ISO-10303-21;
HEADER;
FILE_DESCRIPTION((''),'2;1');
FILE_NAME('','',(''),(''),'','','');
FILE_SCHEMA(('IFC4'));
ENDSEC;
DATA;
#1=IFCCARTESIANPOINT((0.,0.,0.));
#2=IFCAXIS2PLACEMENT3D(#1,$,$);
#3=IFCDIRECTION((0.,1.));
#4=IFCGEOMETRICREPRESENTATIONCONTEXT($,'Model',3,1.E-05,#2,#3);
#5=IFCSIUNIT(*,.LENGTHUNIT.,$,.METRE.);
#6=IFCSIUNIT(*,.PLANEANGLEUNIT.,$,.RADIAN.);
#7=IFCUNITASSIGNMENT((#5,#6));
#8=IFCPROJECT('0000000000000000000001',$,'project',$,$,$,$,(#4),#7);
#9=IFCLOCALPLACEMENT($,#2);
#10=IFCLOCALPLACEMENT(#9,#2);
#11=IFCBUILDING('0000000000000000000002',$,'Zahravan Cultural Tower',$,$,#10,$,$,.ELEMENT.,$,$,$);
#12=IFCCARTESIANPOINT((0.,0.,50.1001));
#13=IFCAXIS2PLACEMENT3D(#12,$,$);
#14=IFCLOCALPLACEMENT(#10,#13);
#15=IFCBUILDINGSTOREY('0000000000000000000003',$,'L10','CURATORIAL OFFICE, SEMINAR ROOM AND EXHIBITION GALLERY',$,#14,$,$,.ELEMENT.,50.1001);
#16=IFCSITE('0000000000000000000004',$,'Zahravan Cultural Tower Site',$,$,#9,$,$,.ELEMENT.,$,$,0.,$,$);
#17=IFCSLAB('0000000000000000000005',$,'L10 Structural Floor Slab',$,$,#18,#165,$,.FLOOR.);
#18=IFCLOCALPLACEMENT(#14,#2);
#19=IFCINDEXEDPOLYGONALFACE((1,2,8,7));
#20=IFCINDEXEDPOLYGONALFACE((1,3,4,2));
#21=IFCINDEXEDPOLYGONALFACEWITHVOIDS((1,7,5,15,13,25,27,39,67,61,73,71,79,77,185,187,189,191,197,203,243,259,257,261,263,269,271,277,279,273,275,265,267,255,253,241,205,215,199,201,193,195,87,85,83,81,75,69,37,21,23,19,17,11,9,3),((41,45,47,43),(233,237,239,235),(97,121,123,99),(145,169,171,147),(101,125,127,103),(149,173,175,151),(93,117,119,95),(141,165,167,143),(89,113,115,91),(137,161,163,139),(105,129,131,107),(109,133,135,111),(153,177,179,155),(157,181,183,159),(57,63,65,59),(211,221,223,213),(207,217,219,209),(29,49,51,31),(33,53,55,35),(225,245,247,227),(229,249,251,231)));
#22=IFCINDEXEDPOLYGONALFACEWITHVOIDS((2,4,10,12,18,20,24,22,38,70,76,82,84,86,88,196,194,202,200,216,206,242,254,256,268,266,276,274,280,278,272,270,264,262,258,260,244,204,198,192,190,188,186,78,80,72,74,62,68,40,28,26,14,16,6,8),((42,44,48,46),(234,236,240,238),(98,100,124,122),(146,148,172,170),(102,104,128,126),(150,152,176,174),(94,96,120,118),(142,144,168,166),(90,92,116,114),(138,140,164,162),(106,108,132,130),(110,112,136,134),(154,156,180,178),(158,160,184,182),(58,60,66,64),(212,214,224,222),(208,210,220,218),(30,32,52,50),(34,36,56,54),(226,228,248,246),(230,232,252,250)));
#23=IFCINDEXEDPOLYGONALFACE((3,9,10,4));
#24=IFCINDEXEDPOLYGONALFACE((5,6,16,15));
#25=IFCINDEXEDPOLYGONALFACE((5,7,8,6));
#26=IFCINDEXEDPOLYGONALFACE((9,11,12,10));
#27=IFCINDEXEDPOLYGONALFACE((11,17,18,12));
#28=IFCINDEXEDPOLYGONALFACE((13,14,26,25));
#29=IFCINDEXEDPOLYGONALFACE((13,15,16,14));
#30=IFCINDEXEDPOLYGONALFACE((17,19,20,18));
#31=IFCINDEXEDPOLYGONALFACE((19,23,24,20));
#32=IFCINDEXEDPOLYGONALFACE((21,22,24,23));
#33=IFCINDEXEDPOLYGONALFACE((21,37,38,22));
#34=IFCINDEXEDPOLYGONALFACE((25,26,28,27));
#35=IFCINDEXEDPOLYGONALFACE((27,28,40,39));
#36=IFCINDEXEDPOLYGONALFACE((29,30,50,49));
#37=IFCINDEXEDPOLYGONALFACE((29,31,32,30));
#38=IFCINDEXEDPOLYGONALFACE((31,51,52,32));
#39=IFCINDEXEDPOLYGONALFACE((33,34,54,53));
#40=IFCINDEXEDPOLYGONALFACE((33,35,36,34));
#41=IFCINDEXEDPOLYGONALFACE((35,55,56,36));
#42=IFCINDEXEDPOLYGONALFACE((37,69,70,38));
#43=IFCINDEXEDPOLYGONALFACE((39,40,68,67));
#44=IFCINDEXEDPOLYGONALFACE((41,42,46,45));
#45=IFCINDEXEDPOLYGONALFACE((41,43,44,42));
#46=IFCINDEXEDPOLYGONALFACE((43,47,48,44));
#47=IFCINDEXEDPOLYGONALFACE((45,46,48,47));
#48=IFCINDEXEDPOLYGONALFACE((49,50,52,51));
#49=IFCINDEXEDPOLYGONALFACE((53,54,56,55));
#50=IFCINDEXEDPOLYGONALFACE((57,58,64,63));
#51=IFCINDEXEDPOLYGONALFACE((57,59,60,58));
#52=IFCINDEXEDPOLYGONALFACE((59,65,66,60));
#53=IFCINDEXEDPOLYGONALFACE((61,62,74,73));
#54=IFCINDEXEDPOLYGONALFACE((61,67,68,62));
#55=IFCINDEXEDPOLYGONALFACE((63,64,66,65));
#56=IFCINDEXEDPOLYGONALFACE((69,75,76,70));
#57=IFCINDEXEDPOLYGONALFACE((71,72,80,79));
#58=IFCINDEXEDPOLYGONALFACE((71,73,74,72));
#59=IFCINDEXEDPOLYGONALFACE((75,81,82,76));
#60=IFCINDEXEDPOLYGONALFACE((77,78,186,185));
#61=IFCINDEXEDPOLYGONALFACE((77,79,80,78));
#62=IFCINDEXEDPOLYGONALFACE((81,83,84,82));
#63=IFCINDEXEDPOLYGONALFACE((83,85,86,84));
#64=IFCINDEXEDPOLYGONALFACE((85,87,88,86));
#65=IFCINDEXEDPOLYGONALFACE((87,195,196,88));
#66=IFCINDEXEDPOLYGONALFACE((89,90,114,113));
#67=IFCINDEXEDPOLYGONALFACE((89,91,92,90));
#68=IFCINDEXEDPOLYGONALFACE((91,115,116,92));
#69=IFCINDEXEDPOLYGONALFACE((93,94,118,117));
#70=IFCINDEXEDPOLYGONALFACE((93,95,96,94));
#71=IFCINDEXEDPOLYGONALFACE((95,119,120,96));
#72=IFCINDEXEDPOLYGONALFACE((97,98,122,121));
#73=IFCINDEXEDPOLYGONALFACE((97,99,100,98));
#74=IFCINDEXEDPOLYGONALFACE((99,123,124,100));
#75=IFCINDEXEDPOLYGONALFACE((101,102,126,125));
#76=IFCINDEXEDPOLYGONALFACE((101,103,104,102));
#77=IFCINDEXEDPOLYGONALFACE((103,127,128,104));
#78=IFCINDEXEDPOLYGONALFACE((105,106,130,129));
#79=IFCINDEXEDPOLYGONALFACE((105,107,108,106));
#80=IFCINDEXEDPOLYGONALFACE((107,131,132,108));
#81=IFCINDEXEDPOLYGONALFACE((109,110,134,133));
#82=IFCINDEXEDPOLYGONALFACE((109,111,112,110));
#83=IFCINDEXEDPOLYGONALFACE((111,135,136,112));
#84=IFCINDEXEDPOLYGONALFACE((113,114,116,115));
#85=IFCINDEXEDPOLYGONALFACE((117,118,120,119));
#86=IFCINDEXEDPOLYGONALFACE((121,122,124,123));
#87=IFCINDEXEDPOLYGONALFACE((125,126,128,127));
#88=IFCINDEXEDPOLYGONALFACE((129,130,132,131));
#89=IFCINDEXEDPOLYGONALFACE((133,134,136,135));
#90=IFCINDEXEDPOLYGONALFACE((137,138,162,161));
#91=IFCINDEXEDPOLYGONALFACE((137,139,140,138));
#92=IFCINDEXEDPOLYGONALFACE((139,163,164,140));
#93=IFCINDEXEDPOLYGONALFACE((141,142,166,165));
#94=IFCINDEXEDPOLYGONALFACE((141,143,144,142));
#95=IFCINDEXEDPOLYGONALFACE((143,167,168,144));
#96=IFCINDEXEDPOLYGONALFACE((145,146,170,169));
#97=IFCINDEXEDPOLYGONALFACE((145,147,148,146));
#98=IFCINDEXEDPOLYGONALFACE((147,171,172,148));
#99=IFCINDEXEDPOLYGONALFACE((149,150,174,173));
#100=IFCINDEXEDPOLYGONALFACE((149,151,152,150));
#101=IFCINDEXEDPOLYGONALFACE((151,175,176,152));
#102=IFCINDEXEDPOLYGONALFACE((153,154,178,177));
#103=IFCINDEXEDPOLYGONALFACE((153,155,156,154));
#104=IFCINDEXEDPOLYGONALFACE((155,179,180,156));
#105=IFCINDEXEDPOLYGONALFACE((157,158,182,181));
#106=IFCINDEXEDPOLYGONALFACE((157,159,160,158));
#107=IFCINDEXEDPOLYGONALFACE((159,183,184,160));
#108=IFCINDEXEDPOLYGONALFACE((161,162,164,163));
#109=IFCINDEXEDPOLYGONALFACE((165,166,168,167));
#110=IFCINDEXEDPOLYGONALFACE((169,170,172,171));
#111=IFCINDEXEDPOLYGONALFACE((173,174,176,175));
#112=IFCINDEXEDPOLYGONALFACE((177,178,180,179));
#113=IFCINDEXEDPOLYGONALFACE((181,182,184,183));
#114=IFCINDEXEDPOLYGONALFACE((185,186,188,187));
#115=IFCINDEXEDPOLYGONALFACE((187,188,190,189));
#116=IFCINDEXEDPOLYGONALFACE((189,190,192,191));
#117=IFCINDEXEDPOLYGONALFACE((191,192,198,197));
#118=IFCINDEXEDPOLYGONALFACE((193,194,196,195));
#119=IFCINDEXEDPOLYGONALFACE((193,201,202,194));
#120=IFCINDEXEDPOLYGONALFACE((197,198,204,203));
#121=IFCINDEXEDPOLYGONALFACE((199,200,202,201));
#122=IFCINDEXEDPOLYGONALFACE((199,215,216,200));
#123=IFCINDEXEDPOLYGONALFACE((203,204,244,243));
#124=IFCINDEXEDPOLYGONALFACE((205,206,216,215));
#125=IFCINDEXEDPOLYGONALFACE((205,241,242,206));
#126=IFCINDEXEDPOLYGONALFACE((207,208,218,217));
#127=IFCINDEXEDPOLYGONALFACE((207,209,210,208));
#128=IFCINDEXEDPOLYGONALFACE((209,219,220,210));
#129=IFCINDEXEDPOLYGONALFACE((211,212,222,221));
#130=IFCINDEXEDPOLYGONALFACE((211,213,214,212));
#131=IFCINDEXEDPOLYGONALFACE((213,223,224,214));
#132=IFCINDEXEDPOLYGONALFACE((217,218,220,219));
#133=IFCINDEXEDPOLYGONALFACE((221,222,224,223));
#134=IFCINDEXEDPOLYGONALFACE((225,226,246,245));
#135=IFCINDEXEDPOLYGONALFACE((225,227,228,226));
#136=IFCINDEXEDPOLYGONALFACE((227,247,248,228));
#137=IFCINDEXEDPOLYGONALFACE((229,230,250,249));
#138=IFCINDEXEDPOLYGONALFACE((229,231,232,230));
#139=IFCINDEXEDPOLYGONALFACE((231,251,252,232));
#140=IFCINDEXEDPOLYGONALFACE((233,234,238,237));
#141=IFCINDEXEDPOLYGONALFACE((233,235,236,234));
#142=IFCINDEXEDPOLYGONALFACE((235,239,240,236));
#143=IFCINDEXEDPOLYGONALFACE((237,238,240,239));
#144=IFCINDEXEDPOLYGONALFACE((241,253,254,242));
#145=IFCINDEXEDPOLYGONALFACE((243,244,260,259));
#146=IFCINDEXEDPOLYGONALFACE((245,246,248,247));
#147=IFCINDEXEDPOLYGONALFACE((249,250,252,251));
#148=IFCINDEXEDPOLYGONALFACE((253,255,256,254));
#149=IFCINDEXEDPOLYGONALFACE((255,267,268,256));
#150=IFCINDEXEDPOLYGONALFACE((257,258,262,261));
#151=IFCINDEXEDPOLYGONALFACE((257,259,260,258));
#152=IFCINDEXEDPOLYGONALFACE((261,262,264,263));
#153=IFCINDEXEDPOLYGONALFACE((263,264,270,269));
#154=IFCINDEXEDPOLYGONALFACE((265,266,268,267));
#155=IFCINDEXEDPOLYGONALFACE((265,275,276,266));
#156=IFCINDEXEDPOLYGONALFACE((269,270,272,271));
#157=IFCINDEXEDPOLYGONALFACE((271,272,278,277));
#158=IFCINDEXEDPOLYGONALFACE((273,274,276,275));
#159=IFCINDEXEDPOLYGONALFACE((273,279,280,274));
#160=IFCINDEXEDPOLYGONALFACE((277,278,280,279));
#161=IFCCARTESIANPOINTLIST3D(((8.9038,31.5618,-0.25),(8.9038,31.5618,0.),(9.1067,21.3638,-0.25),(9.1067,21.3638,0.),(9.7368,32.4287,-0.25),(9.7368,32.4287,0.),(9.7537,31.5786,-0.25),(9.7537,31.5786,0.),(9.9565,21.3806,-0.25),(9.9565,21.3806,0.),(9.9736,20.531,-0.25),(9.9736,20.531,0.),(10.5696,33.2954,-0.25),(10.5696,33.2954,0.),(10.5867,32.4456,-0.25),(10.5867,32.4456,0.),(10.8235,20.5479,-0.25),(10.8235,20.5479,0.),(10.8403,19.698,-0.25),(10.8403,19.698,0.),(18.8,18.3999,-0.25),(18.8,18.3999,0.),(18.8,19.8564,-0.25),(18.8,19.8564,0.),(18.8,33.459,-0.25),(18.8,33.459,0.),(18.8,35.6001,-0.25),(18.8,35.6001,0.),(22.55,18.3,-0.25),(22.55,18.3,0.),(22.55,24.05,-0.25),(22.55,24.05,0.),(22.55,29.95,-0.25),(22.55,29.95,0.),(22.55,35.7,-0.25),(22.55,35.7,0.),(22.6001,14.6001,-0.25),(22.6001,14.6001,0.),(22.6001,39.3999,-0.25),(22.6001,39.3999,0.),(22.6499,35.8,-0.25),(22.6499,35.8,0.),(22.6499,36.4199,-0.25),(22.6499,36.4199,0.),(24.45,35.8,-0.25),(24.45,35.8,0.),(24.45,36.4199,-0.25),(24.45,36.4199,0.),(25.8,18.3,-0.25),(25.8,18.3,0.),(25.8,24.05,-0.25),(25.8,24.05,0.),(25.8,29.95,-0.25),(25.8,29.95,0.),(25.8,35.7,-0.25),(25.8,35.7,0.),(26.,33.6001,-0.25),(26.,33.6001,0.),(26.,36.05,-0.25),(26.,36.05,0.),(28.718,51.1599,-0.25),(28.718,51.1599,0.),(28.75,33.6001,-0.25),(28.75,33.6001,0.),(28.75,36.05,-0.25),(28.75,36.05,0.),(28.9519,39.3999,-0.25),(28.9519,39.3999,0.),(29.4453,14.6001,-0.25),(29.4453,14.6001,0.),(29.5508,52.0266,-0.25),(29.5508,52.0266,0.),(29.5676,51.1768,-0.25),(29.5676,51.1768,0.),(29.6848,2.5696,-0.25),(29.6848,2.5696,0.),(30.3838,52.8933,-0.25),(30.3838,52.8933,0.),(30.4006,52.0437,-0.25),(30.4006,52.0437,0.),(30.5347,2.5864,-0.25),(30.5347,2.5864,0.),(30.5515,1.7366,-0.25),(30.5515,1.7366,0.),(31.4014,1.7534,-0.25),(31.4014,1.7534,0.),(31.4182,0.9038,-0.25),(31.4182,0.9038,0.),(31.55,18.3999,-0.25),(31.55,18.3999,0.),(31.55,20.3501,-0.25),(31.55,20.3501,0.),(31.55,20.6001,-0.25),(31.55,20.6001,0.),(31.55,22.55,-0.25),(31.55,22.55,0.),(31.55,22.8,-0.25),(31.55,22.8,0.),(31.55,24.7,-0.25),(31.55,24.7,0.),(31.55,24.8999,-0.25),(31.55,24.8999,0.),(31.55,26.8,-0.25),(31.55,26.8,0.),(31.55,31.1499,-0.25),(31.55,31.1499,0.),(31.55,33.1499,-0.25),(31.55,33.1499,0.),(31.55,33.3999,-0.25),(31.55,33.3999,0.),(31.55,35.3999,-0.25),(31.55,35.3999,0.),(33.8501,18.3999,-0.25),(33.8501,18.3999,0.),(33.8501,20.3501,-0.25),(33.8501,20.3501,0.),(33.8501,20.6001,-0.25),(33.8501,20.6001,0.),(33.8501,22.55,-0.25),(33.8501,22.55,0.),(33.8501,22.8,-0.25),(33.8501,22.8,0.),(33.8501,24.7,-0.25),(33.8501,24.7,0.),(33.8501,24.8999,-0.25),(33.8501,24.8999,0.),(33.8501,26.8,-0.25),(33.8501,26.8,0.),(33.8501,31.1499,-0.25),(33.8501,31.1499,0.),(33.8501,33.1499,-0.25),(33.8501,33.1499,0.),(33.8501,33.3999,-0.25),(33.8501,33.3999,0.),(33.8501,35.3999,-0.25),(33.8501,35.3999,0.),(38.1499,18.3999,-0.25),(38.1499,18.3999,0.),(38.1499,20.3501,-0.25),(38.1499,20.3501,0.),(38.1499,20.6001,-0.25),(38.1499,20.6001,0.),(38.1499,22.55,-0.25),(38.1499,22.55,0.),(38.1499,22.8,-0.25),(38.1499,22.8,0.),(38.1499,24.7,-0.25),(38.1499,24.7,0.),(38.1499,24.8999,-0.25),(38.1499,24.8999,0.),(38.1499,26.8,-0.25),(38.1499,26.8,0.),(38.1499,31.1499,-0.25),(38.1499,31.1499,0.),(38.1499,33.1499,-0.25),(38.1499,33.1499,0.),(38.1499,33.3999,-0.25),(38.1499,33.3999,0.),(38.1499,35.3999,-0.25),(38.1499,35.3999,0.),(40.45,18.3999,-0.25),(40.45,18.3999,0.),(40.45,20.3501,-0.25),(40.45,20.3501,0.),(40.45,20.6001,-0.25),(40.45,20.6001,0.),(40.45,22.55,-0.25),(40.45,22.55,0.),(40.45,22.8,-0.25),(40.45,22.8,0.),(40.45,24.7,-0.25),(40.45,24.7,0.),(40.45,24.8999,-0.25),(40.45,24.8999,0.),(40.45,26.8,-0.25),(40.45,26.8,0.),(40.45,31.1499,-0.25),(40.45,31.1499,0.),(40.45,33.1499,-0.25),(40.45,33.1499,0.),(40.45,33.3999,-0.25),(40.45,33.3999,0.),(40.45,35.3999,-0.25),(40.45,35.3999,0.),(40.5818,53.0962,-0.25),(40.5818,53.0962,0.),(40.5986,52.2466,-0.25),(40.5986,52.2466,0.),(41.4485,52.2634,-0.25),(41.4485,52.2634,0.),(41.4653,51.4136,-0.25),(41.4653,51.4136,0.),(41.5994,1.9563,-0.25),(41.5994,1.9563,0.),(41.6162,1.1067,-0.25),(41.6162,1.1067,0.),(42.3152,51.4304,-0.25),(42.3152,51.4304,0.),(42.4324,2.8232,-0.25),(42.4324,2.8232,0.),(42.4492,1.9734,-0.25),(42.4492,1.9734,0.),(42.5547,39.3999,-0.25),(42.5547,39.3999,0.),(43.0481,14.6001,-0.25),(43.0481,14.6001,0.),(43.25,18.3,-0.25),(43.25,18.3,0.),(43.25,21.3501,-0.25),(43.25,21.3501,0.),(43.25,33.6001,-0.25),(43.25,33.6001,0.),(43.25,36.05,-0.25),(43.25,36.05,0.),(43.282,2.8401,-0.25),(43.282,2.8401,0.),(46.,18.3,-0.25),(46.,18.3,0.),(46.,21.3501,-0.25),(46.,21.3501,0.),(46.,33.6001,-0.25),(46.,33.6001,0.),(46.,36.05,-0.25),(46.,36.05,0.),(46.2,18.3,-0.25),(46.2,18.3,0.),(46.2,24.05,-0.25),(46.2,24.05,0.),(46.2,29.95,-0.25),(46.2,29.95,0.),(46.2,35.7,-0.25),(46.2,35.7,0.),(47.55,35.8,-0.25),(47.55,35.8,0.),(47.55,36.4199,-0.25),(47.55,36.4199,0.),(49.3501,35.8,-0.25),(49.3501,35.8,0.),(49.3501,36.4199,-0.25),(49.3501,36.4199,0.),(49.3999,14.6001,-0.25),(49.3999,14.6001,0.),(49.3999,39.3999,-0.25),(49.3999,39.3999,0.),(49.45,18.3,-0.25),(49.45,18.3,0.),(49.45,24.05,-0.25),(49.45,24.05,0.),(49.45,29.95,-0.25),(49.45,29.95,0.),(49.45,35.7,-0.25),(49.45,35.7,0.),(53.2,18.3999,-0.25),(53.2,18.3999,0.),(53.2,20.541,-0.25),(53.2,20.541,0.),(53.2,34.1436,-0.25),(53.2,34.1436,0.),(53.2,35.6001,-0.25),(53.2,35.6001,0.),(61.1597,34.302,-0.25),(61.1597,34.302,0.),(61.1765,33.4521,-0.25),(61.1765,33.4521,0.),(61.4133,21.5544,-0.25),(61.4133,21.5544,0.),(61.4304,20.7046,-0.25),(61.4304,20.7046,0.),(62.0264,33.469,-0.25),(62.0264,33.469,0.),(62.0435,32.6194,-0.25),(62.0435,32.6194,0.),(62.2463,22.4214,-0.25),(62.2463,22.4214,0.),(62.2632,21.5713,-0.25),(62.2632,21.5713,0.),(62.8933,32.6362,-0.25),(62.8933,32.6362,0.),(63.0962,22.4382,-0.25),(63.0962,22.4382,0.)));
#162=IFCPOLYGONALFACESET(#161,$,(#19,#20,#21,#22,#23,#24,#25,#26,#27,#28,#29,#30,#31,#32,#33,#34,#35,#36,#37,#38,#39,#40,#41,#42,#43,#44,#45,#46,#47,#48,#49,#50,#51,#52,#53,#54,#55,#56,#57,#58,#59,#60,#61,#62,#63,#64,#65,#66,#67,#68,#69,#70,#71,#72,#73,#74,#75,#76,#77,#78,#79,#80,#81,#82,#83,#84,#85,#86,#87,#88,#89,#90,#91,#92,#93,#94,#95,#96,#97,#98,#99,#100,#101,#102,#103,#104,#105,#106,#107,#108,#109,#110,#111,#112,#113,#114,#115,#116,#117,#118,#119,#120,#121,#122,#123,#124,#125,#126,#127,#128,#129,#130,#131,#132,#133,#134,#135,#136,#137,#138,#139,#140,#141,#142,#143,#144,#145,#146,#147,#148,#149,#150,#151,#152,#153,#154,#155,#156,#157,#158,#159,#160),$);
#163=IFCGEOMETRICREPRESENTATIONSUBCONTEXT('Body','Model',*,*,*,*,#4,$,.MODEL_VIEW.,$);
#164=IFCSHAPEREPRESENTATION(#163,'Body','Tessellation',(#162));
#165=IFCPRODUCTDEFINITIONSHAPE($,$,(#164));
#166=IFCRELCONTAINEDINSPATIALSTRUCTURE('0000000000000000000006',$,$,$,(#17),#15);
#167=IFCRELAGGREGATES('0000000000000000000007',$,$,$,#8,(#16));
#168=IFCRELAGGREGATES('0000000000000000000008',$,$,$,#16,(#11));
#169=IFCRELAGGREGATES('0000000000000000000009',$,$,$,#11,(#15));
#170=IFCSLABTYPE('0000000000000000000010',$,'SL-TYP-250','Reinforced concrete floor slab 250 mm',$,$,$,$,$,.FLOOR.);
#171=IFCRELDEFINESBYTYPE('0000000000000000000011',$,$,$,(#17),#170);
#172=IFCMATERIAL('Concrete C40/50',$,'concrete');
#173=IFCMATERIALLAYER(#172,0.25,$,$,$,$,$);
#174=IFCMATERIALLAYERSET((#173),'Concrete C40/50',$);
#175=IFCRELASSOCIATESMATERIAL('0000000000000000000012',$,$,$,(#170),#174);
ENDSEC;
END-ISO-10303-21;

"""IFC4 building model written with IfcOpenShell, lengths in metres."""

from ifc_helpers import new_model, si_unit, direction, frame, origin, place, context, subcontext, project, spatial, polyline, outline, extrude, material, layer, layer_set, type_object, element, save


model = new_model("IFC4")

# Units and contexts
model_context = context("Model", 3, precision=1e-05, world=origin(), true_north=direction((0.0, 1.0)))
body_context = subcontext(model_context, "Body", "Model", "MODEL_VIEW")
ifc_project = project(units=[si_unit("LENGTHUNIT", "METRE"), si_unit("PLANEANGLEUNIT", "RADIAN")], contexts=[model_context])

# Site, building, storey
site_placement = place(None, origin())
site = spatial("IfcSite", under=ifc_project, at=site_placement, Name="Zahravan Cultural Tower Site", CompositionType="ELEMENT", RefElevation=0.0)
building_placement = place(site_placement, origin())
building = spatial("IfcBuilding", under=site, at=building_placement, Name="Zahravan Cultural Tower", CompositionType="ELEMENT")
storey_placement = place(building_placement, frame((0.0, 0.0, 50.1001)))
storey = spatial("IfcBuildingStorey", under=building, at=storey_placement, Name="L10", Description="CURATORIAL OFFICE, SEMINAR ROOM AND EXHIBITION GALLERY", CompositionType="ELEMENT", Elevation=50.1001)

# Slab
ifc_material_1 = material(Name="Concrete C40/50", Category="concrete")
ifc_layer_1 = layer(ifc_material_1, 0.25)
ifc_layer_set_1 = layer_set([ifc_layer_1], Name="Concrete C40/50")
slab_type_1 = type_object("IfcSlabType", Name="SL-TYP-250", Description="Reinforced concrete floor slab 250 mm", PredefinedType="FLOOR", material=ifc_layer_set_1)
slab_1_placement = place(storey_placement, frame((0.0, 0.0, -0.25)))
element("IfcSlab", 1, at=slab_1_placement, inside=storey, type_object=slab_type_1, Name="L10 Structural Floor Slab", PredefinedType="FLOOR", context=body_context, shape_type="SweptSolid", body=[
    extrude(outline(polyline([(53.2, 34.1436), (53.2, 35.6001), (49.3999, 39.3999), (42.5547, 39.3999), (42.3152, 51.4304), (41.4653, 51.4136), (41.4485, 52.2634), (40.5986, 52.2466), (40.5818, 53.0962), (30.3838, 52.8933), (30.4006, 52.0437), (29.5508, 52.0266), (29.5676, 51.1768), (28.718, 51.1599), (28.9519, 39.3999), (22.6001, 39.3999), (18.8, 35.6001), (18.8, 33.459), (10.5696, 33.2954), (10.5867, 32.4456), (9.7368, 32.4287), (9.7537, 31.5786), (8.9038, 31.5618), (9.1067, 21.3638), (9.9565, 21.3806), (9.9736, 20.531), (10.8235, 20.5479), (10.8403, 19.698), (18.8, 19.8564), (18.8, 18.3999), (22.6001, 14.6001), (29.4453, 14.6001), (29.6848, 2.5696), (30.5347, 2.5864), (30.5515, 1.7366), (31.4014, 1.7534), (31.4182, 0.9038), (41.6162, 1.1067), (41.5994, 1.9563), (42.4492, 1.9734), (42.4324, 2.8232), (43.282, 2.8401), (43.0481, 14.6001), (49.3999, 14.6001), (53.2, 18.3999), (53.2, 20.541), (61.4304, 20.7046), (61.4133, 21.5544), (62.2632, 21.5713), (62.2463, 22.4214), (63.0962, 22.4382), (62.8933, 32.6362), (62.0435, 32.6194), (62.0264, 33.469), (61.1765, 33.4521), (61.1597, 34.302), (53.2, 34.1436)]), holes=[polyline([(22.55, 29.95), (22.55, 35.7), (25.8, 35.7), (25.8, 29.95), (22.55, 29.95)]), polyline([(22.55, 18.3), (22.55, 24.05), (25.8, 24.05), (25.8, 18.3), (22.55, 18.3)]), polyline([(46.2, 29.95), (46.2, 35.7), (49.45, 35.7), (49.45, 29.95), (46.2, 29.95)]), polyline([(46.2, 18.3), (46.2, 24.05), (49.45, 24.05), (49.45, 18.3), (46.2, 18.3)]), polyline([(26.0, 33.6001), (26.0, 36.05), (28.75, 36.05), (28.75, 33.6001), (26.0, 33.6001)]), polyline([(43.25, 33.6001), (43.25, 36.05), (46.0, 36.05), (46.0, 33.6001), (43.25, 33.6001)]), polyline([(43.25, 18.3), (43.25, 21.3501), (46.0, 21.3501), (46.0, 18.3), (43.25, 18.3)]), polyline([(31.55, 33.3999), (31.55, 35.3999), (33.8501, 35.3999), (33.8501, 33.3999), (31.55, 33.3999)]), polyline([(31.55, 31.1499), (31.55, 33.1499), (33.8501, 33.1499), (33.8501, 31.1499), (31.55, 31.1499)]), polyline([(38.1499, 33.3999), (38.1499, 35.3999), (40.45, 35.3999), (40.45, 33.3999), (38.1499, 33.3999)]), polyline([(38.1499, 31.1499), (38.1499, 33.1499), (40.45, 33.1499), (40.45, 31.1499), (38.1499, 31.1499)]), polyline([(31.55, 20.6001), (31.55, 22.55), (33.8501, 22.55), (33.8501, 20.6001), (31.55, 20.6001)]), polyline([(31.55, 18.3999), (31.55, 20.3501), (33.8501, 20.3501), (33.8501, 18.3999), (31.55, 18.3999)]), polyline([(38.1499, 20.6001), (38.1499, 22.55), (40.45, 22.55), (40.45, 20.6001), (38.1499, 20.6001)]), polyline([(38.1499, 18.3999), (38.1499, 20.3501), (40.45, 20.3501), (40.45, 18.3999), (38.1499, 18.3999)]), polyline([(31.55, 24.8999), (31.55, 26.8), (33.8501, 26.8), (33.8501, 24.8999), (31.55, 24.8999)]), polyline([(31.55, 22.8), (31.55, 24.7), (33.8501, 24.7), (33.8501, 22.8), (31.55, 22.8)]), polyline([(38.1499, 24.8999), (38.1499, 26.8), (40.45, 26.8), (40.45, 24.8999), (38.1499, 24.8999)]), polyline([(38.1499, 22.8), (38.1499, 24.7), (40.45, 24.7), (40.45, 22.8), (38.1499, 22.8)]), polyline([(22.6499, 35.8), (22.6499, 36.4199), (24.45, 36.4199), (24.45, 35.8), (22.6499, 35.8)]), polyline([(47.55, 35.8), (47.55, 36.4199), (49.3501, 36.4199), (49.3501, 35.8), (47.55, 35.8)])]), origin(), (0.0, 0.0, 1.0), 0.25),
])

save(model, "model.ifc")
